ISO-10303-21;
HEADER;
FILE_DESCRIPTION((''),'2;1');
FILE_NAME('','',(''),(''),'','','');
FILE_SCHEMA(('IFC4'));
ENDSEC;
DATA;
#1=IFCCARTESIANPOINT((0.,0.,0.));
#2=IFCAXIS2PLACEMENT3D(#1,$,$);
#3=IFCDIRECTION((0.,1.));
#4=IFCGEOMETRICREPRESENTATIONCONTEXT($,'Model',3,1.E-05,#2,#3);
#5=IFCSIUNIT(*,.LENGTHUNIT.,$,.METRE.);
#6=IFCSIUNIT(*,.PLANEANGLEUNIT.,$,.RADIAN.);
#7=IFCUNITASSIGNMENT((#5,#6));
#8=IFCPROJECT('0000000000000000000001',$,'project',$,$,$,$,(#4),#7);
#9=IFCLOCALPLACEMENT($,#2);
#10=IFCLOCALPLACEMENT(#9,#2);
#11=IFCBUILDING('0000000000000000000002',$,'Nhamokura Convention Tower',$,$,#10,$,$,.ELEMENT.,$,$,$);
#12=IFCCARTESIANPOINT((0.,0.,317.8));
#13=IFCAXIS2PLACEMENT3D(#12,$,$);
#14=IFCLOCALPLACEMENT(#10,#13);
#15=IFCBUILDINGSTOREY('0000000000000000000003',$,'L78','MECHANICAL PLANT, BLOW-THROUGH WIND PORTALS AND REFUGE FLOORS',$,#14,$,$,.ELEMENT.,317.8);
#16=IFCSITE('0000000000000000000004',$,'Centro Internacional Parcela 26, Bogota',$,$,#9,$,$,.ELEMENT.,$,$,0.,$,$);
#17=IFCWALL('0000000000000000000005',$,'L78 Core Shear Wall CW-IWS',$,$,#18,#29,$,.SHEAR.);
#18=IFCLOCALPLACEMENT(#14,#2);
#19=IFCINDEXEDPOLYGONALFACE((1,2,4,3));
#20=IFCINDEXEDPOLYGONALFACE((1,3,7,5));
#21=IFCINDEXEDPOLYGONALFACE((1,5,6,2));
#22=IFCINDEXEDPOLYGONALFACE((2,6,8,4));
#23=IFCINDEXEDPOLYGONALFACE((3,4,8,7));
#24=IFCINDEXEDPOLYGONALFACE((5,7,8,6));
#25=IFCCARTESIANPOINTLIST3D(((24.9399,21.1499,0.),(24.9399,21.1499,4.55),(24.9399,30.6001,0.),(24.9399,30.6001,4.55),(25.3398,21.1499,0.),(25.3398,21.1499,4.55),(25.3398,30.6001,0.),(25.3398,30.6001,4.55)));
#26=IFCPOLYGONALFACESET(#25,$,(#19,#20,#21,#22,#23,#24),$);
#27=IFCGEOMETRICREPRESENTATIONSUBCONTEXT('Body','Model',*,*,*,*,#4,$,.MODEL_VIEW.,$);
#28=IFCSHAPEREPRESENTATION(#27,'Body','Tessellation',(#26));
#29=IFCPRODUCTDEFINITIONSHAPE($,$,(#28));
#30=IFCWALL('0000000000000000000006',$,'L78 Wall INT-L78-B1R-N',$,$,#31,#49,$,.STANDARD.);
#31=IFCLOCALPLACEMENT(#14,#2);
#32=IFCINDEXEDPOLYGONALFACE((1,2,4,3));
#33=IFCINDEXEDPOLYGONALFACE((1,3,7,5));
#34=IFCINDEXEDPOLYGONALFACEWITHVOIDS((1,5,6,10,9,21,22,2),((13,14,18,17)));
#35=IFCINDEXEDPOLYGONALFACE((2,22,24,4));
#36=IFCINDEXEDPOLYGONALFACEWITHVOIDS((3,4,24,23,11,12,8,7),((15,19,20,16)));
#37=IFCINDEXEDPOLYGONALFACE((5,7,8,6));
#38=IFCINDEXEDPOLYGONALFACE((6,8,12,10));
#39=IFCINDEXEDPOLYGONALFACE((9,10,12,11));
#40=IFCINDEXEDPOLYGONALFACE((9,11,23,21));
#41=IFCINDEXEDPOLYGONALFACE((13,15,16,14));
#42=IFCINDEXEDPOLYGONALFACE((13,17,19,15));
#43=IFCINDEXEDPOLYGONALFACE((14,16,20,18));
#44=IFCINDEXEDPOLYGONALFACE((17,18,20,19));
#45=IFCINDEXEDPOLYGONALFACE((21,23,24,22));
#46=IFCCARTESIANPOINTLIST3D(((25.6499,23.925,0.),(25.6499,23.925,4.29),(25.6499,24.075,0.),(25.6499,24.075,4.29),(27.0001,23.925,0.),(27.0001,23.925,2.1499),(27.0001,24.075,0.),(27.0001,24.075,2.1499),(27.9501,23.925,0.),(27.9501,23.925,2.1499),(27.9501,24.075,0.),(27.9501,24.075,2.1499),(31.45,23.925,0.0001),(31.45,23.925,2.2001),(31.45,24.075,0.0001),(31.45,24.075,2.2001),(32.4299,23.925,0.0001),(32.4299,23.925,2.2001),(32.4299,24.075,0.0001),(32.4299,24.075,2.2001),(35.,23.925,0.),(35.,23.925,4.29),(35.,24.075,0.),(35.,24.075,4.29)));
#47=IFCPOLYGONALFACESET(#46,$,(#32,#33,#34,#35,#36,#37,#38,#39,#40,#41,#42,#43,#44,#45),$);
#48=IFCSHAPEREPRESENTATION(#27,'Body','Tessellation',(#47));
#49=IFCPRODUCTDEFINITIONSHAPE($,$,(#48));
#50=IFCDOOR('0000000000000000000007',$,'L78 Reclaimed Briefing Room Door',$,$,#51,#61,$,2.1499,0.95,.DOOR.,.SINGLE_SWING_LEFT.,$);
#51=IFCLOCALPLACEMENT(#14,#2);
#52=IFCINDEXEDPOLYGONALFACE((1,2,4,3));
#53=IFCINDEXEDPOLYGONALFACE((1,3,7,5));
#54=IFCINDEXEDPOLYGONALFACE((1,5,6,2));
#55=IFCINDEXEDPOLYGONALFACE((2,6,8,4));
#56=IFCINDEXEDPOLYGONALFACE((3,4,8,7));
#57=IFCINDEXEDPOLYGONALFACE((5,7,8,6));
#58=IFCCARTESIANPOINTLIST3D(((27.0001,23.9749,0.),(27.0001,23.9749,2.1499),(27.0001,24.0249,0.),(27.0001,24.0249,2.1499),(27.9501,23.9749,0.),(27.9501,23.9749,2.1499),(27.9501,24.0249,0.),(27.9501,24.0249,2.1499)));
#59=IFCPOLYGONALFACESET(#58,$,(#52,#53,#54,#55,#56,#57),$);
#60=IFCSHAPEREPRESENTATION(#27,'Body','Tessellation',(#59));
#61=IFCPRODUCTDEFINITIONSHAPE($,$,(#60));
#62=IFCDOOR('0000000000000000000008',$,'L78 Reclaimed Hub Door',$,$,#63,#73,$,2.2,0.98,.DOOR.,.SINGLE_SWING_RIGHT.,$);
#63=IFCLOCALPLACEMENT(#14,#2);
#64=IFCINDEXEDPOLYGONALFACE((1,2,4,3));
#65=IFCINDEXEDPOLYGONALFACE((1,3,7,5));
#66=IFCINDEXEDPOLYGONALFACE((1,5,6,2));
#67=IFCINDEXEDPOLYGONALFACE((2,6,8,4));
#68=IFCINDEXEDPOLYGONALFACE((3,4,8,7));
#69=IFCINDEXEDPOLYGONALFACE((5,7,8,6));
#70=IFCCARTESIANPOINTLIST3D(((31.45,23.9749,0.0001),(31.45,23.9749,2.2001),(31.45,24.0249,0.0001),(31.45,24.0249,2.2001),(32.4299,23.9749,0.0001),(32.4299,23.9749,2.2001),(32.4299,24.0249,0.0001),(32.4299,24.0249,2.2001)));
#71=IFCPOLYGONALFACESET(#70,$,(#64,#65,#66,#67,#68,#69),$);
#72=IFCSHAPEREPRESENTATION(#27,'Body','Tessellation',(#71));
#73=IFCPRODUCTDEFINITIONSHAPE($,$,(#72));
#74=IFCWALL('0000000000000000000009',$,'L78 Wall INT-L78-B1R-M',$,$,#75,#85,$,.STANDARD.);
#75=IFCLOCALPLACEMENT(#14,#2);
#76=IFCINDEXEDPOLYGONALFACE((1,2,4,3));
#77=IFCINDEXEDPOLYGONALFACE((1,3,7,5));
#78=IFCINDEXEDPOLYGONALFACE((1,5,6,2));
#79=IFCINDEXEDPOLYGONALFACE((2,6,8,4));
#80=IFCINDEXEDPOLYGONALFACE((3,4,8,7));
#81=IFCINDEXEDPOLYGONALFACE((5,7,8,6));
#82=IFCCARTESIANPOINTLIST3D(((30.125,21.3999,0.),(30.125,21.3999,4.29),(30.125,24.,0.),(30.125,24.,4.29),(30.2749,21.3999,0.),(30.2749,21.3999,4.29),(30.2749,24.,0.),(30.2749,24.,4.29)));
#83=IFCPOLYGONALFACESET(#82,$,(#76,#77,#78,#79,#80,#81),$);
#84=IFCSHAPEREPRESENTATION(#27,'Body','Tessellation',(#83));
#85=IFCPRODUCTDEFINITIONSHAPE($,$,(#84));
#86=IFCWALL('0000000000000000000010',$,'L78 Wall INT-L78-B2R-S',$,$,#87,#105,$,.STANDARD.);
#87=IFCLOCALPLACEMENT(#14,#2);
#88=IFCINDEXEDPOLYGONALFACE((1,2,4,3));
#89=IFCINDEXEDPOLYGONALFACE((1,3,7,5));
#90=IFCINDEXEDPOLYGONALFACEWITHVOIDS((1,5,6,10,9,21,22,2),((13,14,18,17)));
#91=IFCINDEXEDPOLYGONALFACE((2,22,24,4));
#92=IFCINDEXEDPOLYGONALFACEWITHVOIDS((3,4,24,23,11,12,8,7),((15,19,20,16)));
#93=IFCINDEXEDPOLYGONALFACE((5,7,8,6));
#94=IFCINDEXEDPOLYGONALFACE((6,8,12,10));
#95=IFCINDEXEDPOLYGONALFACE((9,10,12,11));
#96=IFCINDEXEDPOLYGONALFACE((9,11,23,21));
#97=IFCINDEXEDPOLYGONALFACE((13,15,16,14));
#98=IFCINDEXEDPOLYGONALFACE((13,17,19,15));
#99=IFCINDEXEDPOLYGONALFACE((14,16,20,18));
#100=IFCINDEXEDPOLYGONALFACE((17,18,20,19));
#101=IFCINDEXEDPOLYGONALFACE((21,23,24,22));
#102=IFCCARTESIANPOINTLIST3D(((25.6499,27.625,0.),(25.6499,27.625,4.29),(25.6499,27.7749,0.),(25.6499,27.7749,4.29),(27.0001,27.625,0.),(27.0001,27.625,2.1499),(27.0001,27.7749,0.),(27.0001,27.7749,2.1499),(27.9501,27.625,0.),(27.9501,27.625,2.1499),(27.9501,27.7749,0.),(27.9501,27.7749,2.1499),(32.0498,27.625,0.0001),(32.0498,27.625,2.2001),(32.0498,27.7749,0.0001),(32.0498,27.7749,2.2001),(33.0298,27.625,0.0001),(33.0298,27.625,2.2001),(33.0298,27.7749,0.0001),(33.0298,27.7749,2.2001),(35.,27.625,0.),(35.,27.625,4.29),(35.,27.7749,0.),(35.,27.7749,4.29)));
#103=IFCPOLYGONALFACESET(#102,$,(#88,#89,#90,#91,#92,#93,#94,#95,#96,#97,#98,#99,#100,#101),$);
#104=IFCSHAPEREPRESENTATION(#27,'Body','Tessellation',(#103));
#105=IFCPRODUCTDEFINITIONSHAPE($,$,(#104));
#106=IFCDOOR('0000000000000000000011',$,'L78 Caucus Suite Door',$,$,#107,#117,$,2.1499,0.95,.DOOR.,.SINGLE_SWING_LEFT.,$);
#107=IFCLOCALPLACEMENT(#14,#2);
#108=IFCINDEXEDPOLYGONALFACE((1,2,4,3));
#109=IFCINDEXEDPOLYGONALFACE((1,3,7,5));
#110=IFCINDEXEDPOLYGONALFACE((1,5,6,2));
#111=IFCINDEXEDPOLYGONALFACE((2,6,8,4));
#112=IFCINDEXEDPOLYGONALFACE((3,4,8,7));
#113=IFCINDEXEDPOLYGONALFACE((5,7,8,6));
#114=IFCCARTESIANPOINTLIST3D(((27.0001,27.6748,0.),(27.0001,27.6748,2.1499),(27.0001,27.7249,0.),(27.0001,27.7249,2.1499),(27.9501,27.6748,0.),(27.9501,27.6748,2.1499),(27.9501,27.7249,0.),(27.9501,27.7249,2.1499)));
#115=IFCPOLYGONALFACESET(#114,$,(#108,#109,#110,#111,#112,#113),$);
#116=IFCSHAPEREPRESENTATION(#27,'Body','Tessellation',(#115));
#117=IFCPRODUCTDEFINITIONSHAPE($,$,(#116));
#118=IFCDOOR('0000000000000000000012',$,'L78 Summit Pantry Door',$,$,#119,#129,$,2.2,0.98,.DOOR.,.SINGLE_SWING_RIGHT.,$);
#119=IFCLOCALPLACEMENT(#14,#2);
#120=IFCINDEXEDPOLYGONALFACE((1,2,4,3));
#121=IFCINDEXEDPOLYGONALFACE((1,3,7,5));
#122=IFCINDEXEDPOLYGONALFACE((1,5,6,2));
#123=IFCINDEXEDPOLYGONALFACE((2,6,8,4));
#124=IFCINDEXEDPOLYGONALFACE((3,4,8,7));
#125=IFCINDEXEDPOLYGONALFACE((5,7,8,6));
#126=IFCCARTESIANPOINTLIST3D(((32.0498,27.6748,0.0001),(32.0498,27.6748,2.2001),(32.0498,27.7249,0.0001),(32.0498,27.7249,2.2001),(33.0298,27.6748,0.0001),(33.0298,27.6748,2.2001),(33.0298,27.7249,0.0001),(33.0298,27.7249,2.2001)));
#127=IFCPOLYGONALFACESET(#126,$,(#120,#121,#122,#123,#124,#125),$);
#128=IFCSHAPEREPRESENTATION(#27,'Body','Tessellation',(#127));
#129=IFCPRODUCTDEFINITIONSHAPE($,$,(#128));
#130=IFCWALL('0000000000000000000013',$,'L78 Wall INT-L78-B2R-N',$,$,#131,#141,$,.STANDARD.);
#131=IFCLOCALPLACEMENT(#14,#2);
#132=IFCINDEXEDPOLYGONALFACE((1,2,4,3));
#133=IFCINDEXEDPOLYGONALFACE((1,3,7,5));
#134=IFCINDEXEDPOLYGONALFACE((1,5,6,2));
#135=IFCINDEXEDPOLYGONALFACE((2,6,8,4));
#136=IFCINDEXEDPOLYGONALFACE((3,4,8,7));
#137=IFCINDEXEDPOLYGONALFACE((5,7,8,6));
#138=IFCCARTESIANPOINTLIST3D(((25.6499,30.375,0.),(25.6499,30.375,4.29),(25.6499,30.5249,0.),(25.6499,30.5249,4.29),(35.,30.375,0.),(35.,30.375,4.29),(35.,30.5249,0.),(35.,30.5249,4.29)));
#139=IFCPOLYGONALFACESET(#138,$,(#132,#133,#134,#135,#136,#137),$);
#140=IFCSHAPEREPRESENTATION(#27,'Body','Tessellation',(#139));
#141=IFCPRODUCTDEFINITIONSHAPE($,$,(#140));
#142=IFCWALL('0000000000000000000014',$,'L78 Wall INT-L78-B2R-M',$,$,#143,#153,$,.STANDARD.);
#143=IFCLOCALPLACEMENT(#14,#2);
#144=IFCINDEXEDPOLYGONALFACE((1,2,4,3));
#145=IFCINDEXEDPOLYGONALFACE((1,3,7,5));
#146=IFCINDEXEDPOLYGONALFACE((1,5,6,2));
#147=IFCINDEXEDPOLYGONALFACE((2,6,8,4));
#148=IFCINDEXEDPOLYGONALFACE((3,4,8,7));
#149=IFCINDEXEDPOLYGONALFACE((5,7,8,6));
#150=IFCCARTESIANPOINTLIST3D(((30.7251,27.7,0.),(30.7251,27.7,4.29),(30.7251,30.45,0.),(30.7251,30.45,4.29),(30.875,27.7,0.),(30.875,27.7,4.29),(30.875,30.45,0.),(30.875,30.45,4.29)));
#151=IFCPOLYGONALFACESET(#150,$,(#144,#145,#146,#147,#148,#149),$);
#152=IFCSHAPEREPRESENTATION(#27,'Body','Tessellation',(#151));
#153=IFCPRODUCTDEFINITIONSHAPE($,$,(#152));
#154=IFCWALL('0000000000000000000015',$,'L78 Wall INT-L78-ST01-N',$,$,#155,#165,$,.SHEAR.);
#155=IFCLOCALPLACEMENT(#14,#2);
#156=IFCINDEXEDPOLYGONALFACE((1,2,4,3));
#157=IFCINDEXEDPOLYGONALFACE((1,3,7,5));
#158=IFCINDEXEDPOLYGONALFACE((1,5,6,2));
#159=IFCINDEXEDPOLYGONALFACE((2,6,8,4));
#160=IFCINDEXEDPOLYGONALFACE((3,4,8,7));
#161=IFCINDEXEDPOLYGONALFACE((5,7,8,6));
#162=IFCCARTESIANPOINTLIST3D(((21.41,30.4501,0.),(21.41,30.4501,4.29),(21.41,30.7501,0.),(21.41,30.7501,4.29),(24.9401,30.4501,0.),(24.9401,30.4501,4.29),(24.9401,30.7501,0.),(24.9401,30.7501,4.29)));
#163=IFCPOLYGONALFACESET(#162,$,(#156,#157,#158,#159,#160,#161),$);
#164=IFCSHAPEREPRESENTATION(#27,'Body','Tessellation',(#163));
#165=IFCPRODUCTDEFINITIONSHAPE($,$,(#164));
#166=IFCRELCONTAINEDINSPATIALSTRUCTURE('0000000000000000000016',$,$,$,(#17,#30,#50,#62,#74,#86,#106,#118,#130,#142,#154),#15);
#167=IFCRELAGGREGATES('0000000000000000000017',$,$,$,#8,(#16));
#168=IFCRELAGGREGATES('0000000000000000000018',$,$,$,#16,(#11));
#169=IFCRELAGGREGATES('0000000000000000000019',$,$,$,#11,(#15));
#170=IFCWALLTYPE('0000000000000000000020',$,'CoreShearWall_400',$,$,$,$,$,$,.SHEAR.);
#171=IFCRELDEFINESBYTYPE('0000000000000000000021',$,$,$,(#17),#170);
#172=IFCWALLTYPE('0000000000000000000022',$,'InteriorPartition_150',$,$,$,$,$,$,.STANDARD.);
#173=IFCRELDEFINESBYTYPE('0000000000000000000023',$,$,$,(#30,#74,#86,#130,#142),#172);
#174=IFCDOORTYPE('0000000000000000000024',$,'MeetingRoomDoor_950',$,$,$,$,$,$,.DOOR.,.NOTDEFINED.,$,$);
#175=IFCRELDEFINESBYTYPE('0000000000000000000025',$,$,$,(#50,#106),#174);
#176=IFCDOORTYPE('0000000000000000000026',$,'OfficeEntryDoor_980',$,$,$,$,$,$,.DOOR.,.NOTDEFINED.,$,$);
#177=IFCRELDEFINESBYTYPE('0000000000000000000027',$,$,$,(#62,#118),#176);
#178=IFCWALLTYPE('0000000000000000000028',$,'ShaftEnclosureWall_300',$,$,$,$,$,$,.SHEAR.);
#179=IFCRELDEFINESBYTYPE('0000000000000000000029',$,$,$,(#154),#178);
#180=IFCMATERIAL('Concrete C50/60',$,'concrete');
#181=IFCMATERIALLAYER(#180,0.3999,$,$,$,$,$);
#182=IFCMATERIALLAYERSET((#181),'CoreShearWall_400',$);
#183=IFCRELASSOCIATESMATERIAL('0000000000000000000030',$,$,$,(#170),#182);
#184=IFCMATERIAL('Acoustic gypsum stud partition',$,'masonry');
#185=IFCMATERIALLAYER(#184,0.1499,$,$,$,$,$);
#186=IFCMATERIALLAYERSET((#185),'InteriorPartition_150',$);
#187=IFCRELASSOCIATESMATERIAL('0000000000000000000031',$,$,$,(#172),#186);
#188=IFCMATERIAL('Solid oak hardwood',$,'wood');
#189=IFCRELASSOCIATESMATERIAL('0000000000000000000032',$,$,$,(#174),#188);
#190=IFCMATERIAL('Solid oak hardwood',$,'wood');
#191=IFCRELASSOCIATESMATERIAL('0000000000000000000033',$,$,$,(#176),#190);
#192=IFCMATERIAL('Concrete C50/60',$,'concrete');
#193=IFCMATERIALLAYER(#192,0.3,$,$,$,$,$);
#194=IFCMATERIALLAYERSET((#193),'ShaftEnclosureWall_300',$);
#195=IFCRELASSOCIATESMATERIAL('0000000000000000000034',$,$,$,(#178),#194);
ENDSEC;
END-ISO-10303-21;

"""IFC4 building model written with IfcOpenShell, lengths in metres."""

from ifc_helpers import new_model, si_unit, direction, frame, frame_2d, origin, place, context, subcontext, project, spatial, rectangle, extrude, material, layer, layer_set, type_object, element, fill, save


model = new_model("IFC4")

# Units and contexts
model_context = context("Model", 3, precision=1e-05, world=origin(), true_north=direction((0.0, 1.0)))
body_context = subcontext(model_context, "Body", "Model", "MODEL_VIEW")
ifc_project = project(units=[si_unit("LENGTHUNIT", "METRE"), si_unit("PLANEANGLEUNIT", "RADIAN")], contexts=[model_context])

# Site, building, storey
site_placement = place(None, origin())
site = spatial("IfcSite", under=ifc_project, at=site_placement, Name="Centro Internacional Parcela 26, Bogota", CompositionType="ELEMENT", RefElevation=0.0)
building_placement = place(site_placement, origin())
building = spatial("IfcBuilding", under=site, at=building_placement, Name="Nhamokura Convention Tower", CompositionType="ELEMENT")
storey_placement = place(building_placement, frame((0.0, 0.0, 317.8)))
storey = spatial("IfcBuildingStorey", under=building, at=storey_placement, Name="L78", Description="MECHANICAL PLANT, BLOW-THROUGH WIND PORTALS AND REFUGE FLOORS", CompositionType="ELEMENT", Elevation=317.8)

# Shared definitions
ifc_material_1 = material(Name="Concrete C50/60", Category="concrete")
ifc_layer_1 = layer(ifc_material_1, 0.3999)
ifc_layer_set_1 = layer_set([ifc_layer_1], Name="CoreShearWall_400")
wall_type_1 = type_object("IfcWallType", Name="CoreShearWall_400", PredefinedType="SHEAR", material=ifc_layer_set_1)

# Wall
wall_1_placement = place(storey_placement, frame((25.1399, 21.1499, 0.0), z_axis=(0.0, 0.0, 1.0), x_axis=(0.0, 1.0, 0.0)))
element("IfcWall", 1, at=wall_1_placement, inside=storey, type_object=wall_type_1, Name="L78 Core Shear Wall CW-IWS", PredefinedType="SHEAR", context=body_context, shape_type="SweptSolid", body=[
    extrude(rectangle(XDim=9.4502, YDim=0.3999, at=frame_2d((4.7251, 0.0))), origin(), (0.0, 0.0, 1.0), 4.55),
])

# Wall, openings, doors
ifc_material_2 = material(Name="Acoustic gypsum stud partition", Category="masonry")
ifc_layer_2 = layer(ifc_material_2, 0.1499)
ifc_layer_set_2 = layer_set([ifc_layer_2], Name="InteriorPartition_150")
wall_type_2 = type_object("IfcWallType", Name="InteriorPartition_150", PredefinedType="STANDARD", material=ifc_layer_set_2)
wall_2_placement = place(storey_placement, frame((25.6499, 24.0, 0.0), z_axis=(0.0, 0.0, 1.0), x_axis=(1.0, 0.0, 0.0)))
wall_2 = element("IfcWall", 2, at=wall_2_placement, inside=storey, type_object=wall_type_2, Name="L78 Wall INT-L78-B1R-N", PredefinedType="STANDARD", context=body_context, shape_type="SweptSolid", body=[
    extrude(rectangle(XDim=9.3501, YDim=0.1499, at=frame_2d((4.675, 0.0))), origin(), (0.0, 0.0, 1.0), 4.29),
])
opening_1_placement = place(wall_2_placement, frame((1.3501, 0.0, 0.0)))
opening_1 = element("IfcOpeningElement", 3, at=opening_1_placement, cuts=wall_2, PredefinedType="OPENING", context=body_context, shape_type="SweptSolid", body=[
    extrude(rectangle(XDim=0.95, YDim=2.1499, at=frame_2d((0.4751, 1.075))), frame((0.0, 0.085, 0.0), z_axis=(0.0, -1.0, 0.0), x_axis=(1.0, 0.0, 0.0)), (0.0, 0.0, 1.0), 0.1699),
])
opening_2_placement = place(wall_2_placement, frame((5.8, 0.0, 0.0)))
opening_2 = element("IfcOpeningElement", 4, at=opening_2_placement, cuts=wall_2, PredefinedType="OPENING", context=body_context, shape_type="SweptSolid", body=[
    extrude(rectangle(XDim=0.98, YDim=2.2, at=frame_2d((0.49, 1.1001))), frame((0.0, 0.085, 0.0), z_axis=(0.0, -1.0, 0.0), x_axis=(1.0, 0.0, 0.0)), (0.0, 0.0, 1.0), 0.1699),
])
ifc_material_3 = material(Name="Solid oak hardwood", Category="wood")
door_type_1 = type_object("IfcDoorType", Name="MeetingRoomDoor_950", OperationType="NOTDEFINED", PredefinedType="DOOR", material=ifc_material_3)
door_1_placement = place(opening_1_placement, origin())
door_1 = element("IfcDoor", 5, at=door_1_placement, inside=storey, type_object=door_type_1, Name="L78 Reclaimed Briefing Room Door", OperationType="SINGLE_SWING_LEFT", OverallHeight=2.1499, OverallWidth=0.95, PredefinedType="DOOR", context=body_context, shape_type="SweptSolid", body=[
    extrude(rectangle(XDim=0.95, YDim=2.1499, at=frame_2d((0.4751, 1.075))), frame((0.0, 0.0249, 0.0), z_axis=(0.0, -1.0, 0.0), x_axis=(1.0, 0.0, 0.0)), (0.0, 0.0, 1.0), 0.05),
])
fill(opening_1, door_1)
ifc_material_4 = material(Name="Solid oak hardwood", Category="wood")
door_type_2 = type_object("IfcDoorType", Name="OfficeEntryDoor_980", OperationType="NOTDEFINED", PredefinedType="DOOR", material=ifc_material_4)
door_2_placement = place(opening_2_placement, origin())
door_2 = element("IfcDoor", 6, at=door_2_placement, inside=storey, type_object=door_type_2, Name="L78 Reclaimed Hub Door", OperationType="SINGLE_SWING_RIGHT", OverallHeight=2.2, OverallWidth=0.98, PredefinedType="DOOR", context=body_context, shape_type="SweptSolid", body=[
    extrude(rectangle(XDim=0.98, YDim=2.2, at=frame_2d((0.49, 1.1001))), frame((0.0, 0.0249, 0.0), z_axis=(0.0, -1.0, 0.0), x_axis=(1.0, 0.0, 0.0)), (0.0, 0.0, 1.0), 0.05),
])
fill(opening_2, door_2)

# Wall
wall_3_placement = place(storey_placement, frame((30.2, 21.3999, 0.0), z_axis=(0.0, 0.0, 1.0), x_axis=(0.0, 1.0, 0.0)))
element("IfcWall", 7, at=wall_3_placement, inside=storey, type_object=wall_type_2, Name="L78 Wall INT-L78-B1R-M", PredefinedType="STANDARD", context=body_context, shape_type="SweptSolid", body=[
    extrude(rectangle(XDim=2.6001, YDim=0.1499, at=frame_2d((1.3, 0.0))), origin(), (0.0, 0.0, 1.0), 4.29),
])

# Wall, openings, doors
wall_4_placement = place(storey_placement, frame((25.6499, 27.7, 0.0), z_axis=(0.0, 0.0, 1.0), x_axis=(1.0, 0.0, 0.0)))
wall_4 = element("IfcWall", 8, at=wall_4_placement, inside=storey, type_object=wall_type_2, Name="L78 Wall INT-L78-B2R-S", PredefinedType="STANDARD", context=body_context, shape_type="SweptSolid", body=[
    extrude(rectangle(XDim=9.3501, YDim=0.1499, at=frame_2d((4.675, 0.0))), origin(), (0.0, 0.0, 1.0), 4.29),
])
opening_3_placement = place(wall_4_placement, frame((1.3501, 0.0, 0.0)))
opening_3 = element("IfcOpeningElement", 9, at=opening_3_placement, cuts=wall_4, PredefinedType="OPENING", context=body_context, shape_type="SweptSolid", body=[
    extrude(rectangle(XDim=0.95, YDim=2.1499, at=frame_2d((0.4751, 1.075))), frame((0.0, 0.085, 0.0), z_axis=(0.0, -1.0, 0.0), x_axis=(1.0, 0.0, 0.0)), (0.0, 0.0, 1.0), 0.1699),
])
opening_4_placement = place(wall_4_placement, frame((6.3999, 0.0, 0.0)))
opening_4 = element("IfcOpeningElement", 10, at=opening_4_placement, cuts=wall_4, PredefinedType="OPENING", context=body_context, shape_type="SweptSolid", body=[
    extrude(rectangle(XDim=0.98, YDim=2.2, at=frame_2d((0.49, 1.1001))), frame((0.0, 0.085, 0.0), z_axis=(0.0, -1.0, 0.0), x_axis=(1.0, 0.0, 0.0)), (0.0, 0.0, 1.0), 0.1699),
])
door_3_placement = place(opening_3_placement, origin())
door_3 = element("IfcDoor", 11, at=door_3_placement, inside=storey, type_object=door_type_1, Name="L78 Caucus Suite Door", OperationType="SINGLE_SWING_LEFT", OverallHeight=2.1499, OverallWidth=0.95, PredefinedType="DOOR", context=body_context, shape_type="SweptSolid", body=[
    extrude(rectangle(XDim=0.95, YDim=2.1499, at=frame_2d((0.4751, 1.075))), frame((0.0, 0.0249, 0.0), z_axis=(0.0, -1.0, 0.0), x_axis=(1.0, 0.0, 0.0)), (0.0, 0.0, 1.0), 0.05),
])
fill(opening_3, door_3)
door_4_placement = place(opening_4_placement, origin())
door_4 = element("IfcDoor", 12, at=door_4_placement, inside=storey, type_object=door_type_2, Name="L78 Summit Pantry Door", OperationType="SINGLE_SWING_RIGHT", OverallHeight=2.2, OverallWidth=0.98, PredefinedType="DOOR", context=body_context, shape_type="SweptSolid", body=[
    extrude(rectangle(XDim=0.98, YDim=2.2, at=frame_2d((0.49, 1.1001))), frame((0.0, 0.0249, 0.0), z_axis=(0.0, -1.0, 0.0), x_axis=(1.0, 0.0, 0.0)), (0.0, 0.0, 1.0), 0.05),
])
fill(opening_4, door_4)

# Walls
wall_5_placement = place(storey_placement, frame((25.6499, 30.45, 0.0), z_axis=(0.0, 0.0, 1.0), x_axis=(1.0, 0.0, 0.0)))
element("IfcWall", 13, at=wall_5_placement, inside=storey, type_object=wall_type_2, Name="L78 Wall INT-L78-B2R-N", PredefinedType="STANDARD", context=body_context, shape_type="SweptSolid", body=[
    extrude(rectangle(XDim=9.3501, YDim=0.1499, at=frame_2d((4.675, 0.0))), origin(), (0.0, 0.0, 1.0), 4.29),
])
wall_6_placement = place(storey_placement, frame((30.8, 27.7, 0.0), z_axis=(0.0, 0.0, 1.0), x_axis=(0.0, 1.0, 0.0)))
element("IfcWall", 14, at=wall_6_placement, inside=storey, type_object=wall_type_2, Name="L78 Wall INT-L78-B2R-M", PredefinedType="STANDARD", context=body_context, shape_type="SweptSolid", body=[
    extrude(rectangle(XDim=2.75, YDim=0.1499, at=frame_2d((1.375, 0.0))), origin(), (0.0, 0.0, 1.0), 4.29),
])
ifc_material_5 = material(Name="Concrete C50/60", Category="concrete")
ifc_layer_3 = layer(ifc_material_5, 0.3)
ifc_layer_set_3 = layer_set([ifc_layer_3], Name="ShaftEnclosureWall_300")
wall_type_3 = type_object("IfcWallType", Name="ShaftEnclosureWall_300", PredefinedType="SHEAR", material=ifc_layer_set_3)
wall_7_placement = place(storey_placement, frame((21.4099, 30.6001, 0.0), z_axis=(0.0, 0.0, 1.0), x_axis=(1.0, 0.0, 0.0)))
element("IfcWall", 15, at=wall_7_placement, inside=storey, type_object=wall_type_3, Name="L78 Wall INT-L78-ST01-N", PredefinedType="SHEAR", context=body_context, shape_type="SweptSolid", body=[
    extrude(rectangle(XDim=3.53, YDim=0.3, at=frame_2d((1.7651, 0.0))), origin(), (0.0, 0.0, 1.0), 4.29),
])

save(model, "model.ifc")
